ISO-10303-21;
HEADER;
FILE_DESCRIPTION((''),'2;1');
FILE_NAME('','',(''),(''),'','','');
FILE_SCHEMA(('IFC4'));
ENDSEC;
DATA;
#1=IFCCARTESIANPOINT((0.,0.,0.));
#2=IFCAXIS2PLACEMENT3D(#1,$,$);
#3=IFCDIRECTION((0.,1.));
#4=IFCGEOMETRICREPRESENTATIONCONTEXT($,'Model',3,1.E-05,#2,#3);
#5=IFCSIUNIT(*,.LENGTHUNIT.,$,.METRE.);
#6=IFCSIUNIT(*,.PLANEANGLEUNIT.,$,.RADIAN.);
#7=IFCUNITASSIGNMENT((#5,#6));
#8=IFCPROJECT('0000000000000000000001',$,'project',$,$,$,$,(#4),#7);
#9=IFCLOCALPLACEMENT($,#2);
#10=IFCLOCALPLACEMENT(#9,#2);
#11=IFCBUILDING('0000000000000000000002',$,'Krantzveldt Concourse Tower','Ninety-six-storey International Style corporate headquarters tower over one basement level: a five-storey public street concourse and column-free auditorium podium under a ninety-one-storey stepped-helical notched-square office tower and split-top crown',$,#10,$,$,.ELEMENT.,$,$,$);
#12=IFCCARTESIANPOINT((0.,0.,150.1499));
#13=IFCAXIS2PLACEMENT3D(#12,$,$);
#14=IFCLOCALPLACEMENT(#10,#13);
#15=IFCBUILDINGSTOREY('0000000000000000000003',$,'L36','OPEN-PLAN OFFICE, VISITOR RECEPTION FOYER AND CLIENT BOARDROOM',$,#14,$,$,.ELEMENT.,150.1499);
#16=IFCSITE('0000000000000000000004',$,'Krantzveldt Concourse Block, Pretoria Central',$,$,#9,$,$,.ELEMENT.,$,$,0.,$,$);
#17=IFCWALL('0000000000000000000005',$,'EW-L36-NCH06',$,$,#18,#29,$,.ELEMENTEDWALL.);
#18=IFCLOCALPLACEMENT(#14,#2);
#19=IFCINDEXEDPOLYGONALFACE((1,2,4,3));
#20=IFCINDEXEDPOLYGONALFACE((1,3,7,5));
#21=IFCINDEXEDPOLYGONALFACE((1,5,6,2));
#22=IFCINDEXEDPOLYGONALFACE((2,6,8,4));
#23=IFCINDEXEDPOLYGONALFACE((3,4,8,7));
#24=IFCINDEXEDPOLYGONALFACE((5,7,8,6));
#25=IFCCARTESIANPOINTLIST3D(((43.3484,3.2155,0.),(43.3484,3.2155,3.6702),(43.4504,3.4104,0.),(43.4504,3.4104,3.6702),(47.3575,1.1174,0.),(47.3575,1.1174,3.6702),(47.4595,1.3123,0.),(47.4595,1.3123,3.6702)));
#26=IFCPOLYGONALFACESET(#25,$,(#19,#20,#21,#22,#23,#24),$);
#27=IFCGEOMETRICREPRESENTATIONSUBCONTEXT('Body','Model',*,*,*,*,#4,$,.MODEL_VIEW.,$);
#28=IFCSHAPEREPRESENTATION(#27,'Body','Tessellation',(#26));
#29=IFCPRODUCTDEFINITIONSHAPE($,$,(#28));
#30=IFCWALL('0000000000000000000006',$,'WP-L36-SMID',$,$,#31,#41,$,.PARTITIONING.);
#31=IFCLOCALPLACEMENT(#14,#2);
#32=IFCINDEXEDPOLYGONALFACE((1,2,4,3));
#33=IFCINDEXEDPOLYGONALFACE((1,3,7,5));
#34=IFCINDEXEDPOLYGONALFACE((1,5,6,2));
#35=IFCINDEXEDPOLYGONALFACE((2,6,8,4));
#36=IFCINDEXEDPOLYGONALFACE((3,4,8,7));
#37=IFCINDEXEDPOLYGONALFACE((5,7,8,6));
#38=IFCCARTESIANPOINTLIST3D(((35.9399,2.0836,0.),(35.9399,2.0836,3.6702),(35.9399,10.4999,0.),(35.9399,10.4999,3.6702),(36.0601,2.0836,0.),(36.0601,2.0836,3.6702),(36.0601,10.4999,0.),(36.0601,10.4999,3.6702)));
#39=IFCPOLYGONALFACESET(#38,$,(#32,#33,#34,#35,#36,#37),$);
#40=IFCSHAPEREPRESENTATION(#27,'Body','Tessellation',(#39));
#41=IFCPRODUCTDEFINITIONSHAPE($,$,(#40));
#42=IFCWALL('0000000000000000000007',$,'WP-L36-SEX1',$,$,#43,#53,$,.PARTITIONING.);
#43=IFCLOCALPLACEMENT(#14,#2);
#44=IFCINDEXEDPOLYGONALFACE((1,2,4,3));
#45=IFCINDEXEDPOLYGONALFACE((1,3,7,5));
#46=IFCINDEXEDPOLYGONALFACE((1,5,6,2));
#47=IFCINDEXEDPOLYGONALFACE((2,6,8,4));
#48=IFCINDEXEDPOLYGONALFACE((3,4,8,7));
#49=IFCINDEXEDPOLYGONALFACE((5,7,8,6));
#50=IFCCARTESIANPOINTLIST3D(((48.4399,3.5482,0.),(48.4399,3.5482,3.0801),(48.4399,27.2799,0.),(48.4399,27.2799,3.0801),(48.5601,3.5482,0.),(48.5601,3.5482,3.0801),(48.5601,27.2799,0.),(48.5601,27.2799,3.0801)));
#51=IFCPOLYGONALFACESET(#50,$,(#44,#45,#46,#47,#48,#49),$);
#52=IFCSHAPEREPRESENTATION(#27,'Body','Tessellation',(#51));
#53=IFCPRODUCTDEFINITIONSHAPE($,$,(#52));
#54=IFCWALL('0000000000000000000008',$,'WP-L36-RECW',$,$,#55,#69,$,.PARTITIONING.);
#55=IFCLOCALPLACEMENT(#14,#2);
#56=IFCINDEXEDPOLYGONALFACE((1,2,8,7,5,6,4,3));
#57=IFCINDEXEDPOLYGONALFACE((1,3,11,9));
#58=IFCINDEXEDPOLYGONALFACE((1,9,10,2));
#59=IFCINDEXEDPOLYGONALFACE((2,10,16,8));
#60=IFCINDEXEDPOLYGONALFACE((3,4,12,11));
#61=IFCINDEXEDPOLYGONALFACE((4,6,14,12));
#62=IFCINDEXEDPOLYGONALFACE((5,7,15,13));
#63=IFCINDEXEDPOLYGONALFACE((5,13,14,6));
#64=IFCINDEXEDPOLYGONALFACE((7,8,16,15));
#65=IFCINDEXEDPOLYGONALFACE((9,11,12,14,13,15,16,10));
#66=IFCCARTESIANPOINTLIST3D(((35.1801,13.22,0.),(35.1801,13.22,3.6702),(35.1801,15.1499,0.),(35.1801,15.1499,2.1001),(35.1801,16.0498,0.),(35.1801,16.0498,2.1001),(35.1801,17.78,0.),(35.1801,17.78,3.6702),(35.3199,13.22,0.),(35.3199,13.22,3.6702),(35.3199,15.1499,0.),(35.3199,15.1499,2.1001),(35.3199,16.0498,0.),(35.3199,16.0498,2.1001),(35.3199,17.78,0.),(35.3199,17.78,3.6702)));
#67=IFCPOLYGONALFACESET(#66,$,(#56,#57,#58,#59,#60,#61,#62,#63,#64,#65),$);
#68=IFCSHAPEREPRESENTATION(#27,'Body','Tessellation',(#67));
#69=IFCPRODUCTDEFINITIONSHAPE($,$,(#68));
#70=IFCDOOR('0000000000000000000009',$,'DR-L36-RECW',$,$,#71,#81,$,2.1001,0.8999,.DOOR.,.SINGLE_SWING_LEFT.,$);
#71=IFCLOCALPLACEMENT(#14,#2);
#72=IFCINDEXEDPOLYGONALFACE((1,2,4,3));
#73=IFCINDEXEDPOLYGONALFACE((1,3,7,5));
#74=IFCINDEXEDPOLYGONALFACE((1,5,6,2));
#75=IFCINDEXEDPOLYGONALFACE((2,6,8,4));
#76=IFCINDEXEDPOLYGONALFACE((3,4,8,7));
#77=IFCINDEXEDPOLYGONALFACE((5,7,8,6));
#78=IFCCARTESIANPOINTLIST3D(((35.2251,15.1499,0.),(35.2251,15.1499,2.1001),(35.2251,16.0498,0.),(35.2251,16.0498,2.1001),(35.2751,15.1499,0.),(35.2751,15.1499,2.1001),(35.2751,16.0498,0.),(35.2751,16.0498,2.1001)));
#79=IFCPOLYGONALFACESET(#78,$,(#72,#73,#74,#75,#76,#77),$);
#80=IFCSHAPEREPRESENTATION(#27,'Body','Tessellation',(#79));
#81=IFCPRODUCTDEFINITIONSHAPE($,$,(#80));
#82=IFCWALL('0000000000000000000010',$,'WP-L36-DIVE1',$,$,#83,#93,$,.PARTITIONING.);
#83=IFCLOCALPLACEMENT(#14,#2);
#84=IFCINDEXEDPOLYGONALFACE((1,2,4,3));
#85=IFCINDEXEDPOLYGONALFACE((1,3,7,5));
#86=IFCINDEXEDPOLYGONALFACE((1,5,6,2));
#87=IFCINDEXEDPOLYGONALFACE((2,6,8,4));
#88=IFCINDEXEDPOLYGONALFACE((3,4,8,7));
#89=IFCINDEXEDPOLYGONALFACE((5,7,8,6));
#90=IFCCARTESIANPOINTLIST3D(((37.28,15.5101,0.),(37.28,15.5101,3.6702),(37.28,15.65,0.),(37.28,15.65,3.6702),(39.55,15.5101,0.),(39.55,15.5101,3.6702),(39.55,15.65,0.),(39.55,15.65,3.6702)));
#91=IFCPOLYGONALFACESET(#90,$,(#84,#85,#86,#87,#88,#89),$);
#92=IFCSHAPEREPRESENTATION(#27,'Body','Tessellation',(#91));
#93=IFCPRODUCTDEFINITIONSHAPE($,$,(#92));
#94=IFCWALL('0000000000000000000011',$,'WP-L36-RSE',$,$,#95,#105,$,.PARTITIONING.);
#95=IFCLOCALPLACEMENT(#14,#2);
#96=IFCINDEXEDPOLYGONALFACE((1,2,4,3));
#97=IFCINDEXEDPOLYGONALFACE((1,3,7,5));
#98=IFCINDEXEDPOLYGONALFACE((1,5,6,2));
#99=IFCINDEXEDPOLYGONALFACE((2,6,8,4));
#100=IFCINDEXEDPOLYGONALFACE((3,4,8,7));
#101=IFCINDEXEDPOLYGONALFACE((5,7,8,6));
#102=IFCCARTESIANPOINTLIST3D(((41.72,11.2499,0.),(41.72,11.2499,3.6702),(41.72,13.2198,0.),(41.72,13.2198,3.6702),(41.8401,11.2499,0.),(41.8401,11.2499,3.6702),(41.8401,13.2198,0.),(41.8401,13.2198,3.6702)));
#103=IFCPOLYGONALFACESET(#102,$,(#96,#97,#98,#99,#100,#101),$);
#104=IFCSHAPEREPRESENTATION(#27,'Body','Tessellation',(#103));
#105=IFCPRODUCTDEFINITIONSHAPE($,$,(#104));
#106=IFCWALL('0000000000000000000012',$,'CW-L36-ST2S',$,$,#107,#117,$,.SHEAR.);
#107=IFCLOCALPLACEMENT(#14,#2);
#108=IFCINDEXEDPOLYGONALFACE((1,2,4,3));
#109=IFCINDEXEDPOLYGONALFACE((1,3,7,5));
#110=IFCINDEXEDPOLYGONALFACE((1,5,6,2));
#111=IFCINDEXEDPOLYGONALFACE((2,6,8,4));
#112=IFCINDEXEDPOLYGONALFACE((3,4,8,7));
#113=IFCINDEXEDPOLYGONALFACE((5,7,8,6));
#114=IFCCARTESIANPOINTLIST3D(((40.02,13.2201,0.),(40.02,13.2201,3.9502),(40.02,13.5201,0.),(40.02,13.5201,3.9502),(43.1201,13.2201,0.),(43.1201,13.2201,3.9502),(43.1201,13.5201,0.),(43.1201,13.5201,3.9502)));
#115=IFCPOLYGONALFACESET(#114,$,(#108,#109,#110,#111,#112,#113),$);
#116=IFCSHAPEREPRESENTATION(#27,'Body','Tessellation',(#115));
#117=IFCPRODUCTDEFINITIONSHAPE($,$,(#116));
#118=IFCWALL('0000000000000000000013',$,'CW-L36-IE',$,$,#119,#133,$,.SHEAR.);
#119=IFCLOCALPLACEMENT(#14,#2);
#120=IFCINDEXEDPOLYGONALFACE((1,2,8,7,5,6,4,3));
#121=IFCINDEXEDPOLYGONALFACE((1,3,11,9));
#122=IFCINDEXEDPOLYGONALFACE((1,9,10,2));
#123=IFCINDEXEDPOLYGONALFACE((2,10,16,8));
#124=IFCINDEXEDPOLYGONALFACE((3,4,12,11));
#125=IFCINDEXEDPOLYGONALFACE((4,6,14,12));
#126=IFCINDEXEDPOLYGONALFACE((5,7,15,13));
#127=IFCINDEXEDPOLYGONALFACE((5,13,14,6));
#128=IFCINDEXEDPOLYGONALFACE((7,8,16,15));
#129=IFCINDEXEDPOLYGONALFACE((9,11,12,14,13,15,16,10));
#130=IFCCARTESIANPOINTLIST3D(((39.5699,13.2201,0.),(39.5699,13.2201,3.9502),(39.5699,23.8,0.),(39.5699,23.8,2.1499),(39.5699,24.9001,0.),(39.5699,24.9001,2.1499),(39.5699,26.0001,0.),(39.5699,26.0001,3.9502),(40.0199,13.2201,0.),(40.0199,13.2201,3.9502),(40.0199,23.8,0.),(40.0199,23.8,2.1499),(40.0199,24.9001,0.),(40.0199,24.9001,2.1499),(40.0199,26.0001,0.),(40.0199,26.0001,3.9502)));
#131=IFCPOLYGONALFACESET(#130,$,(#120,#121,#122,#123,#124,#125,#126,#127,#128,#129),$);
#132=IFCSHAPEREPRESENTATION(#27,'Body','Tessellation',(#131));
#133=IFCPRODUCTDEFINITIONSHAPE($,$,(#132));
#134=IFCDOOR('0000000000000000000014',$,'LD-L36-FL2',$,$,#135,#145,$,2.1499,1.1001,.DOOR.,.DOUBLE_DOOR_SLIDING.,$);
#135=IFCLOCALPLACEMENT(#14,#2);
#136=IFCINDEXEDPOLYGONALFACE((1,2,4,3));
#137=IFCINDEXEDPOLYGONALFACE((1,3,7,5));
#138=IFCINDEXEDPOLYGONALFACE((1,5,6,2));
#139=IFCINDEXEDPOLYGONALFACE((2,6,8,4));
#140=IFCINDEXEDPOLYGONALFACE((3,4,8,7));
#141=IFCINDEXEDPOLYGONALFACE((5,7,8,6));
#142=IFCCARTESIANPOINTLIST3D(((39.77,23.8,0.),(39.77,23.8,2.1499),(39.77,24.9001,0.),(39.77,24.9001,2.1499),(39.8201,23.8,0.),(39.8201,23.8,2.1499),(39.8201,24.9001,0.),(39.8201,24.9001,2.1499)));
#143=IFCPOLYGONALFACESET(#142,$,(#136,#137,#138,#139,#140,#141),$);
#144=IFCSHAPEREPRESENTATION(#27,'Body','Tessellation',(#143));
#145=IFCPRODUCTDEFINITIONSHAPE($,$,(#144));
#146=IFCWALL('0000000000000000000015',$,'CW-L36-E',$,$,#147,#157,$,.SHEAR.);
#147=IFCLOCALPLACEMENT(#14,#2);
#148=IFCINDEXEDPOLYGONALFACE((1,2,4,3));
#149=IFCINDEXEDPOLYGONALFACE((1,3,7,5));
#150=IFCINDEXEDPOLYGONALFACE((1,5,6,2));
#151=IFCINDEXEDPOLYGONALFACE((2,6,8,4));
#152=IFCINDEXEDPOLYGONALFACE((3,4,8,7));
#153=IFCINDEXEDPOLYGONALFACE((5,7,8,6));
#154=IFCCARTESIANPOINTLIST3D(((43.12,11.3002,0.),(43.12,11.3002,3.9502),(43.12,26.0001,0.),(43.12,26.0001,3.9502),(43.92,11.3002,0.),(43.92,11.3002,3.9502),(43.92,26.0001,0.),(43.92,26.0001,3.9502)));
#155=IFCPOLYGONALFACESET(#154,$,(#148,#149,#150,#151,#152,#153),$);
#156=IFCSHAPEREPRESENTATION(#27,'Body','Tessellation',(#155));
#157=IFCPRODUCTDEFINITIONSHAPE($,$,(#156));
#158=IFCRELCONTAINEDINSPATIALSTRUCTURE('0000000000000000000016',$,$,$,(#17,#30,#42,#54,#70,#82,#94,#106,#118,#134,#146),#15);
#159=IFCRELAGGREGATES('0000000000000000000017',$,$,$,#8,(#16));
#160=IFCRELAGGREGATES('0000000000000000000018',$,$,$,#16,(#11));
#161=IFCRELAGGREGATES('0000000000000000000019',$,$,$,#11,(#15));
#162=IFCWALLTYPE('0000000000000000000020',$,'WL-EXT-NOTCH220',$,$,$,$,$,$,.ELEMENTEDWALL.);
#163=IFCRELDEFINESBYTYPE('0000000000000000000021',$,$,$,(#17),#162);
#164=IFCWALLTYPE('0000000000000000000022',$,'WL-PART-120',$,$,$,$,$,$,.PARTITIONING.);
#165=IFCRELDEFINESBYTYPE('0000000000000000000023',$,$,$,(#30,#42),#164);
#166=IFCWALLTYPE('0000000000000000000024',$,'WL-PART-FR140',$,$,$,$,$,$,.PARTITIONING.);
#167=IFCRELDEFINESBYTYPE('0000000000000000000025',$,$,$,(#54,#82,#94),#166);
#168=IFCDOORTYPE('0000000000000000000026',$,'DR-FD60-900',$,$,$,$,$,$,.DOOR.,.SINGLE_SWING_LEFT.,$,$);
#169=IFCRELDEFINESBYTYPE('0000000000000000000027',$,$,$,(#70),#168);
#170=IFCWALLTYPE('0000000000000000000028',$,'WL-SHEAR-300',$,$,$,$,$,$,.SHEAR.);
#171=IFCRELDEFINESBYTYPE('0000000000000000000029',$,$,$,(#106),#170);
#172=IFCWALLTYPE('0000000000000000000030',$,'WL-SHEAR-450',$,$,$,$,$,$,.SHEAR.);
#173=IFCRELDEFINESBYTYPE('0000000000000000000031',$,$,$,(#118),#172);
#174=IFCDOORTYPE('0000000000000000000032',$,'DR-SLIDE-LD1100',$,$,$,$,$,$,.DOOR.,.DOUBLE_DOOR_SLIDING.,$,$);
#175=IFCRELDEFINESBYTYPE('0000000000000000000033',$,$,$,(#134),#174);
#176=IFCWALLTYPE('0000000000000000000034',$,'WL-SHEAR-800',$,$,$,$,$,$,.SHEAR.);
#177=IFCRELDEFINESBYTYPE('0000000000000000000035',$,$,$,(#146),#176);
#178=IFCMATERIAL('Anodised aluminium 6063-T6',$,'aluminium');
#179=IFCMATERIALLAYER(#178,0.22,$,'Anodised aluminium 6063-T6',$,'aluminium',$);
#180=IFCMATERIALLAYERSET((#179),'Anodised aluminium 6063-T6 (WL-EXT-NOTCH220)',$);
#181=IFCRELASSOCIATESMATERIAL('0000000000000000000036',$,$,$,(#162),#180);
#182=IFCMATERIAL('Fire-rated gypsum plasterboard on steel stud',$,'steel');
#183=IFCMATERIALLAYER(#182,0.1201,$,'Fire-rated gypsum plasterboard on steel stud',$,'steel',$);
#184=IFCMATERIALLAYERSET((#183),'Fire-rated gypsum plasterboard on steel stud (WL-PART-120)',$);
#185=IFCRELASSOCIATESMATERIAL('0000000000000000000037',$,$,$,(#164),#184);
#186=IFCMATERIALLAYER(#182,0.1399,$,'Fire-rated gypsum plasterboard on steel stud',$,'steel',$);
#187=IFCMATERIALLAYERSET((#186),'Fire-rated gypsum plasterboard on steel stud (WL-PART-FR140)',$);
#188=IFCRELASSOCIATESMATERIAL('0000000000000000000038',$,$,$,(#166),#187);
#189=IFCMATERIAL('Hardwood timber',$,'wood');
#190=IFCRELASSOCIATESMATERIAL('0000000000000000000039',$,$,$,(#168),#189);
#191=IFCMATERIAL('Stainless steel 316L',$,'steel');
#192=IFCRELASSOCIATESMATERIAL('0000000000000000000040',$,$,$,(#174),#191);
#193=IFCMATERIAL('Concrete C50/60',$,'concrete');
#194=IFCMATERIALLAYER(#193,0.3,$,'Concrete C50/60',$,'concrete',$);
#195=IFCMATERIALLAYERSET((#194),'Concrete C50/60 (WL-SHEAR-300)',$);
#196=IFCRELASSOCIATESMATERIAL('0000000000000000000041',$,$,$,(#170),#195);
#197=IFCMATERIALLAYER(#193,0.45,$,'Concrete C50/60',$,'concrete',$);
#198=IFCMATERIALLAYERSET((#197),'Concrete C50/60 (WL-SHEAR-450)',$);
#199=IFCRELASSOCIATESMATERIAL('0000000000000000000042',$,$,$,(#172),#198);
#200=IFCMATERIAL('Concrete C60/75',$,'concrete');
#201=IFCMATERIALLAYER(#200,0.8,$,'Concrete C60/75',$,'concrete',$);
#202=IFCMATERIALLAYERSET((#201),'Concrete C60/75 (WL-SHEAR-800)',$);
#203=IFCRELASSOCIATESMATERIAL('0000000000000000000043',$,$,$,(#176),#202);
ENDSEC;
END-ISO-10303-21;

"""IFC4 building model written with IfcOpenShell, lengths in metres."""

from ifc_helpers import new_model, si_unit, direction, frame, frame_2d, origin, place, context, subcontext, project, spatial, rectangle, extrude, material, layer, layer_set, type_object, element, fill, save


model = new_model("IFC4")

# Units and contexts
model_context = context("Model", 3, precision=1e-05, world=origin(), true_north=direction((0.0, 1.0)))
body_context = subcontext(model_context, "Body", "Model", "MODEL_VIEW")
ifc_project = project(units=[si_unit("LENGTHUNIT", "METRE"), si_unit("PLANEANGLEUNIT", "RADIAN")], contexts=[model_context])

# Site, building, storey
site_placement = place(None, origin())
site = spatial("IfcSite", under=ifc_project, at=site_placement, Name="Krantzveldt Concourse Block, Pretoria Central", CompositionType="ELEMENT", RefElevation=0.0)
building_placement = place(site_placement, origin())
building = spatial("IfcBuilding", under=site, at=building_placement, Name="Krantzveldt Concourse Tower", Description="Ninety-six-storey International Style corporate headquarters tower over one basement level: a five-storey public street concourse and column-free auditorium podium under a ninety-one-storey stepped-helical notched-square office tower and split-top crown", CompositionType="ELEMENT")
storey_placement = place(building_placement, frame((0.0, 0.0, 150.1499)))
storey = spatial("IfcBuildingStorey", under=building, at=storey_placement, Name="L36", Description="OPEN-PLAN OFFICE, VISITOR RECEPTION FOYER AND CLIENT BOARDROOM", CompositionType="ELEMENT", Elevation=150.1499)

# Shared definitions
ifc_material_1 = material(Name="Concrete C50/60", Category="concrete")

# Shared definitions
ifc_material_2 = material(Name="Anodised aluminium 6063-T6", Category="aluminium")

# Walls
ifc_layer_1 = layer(ifc_material_2, 0.22, Name="Anodised aluminium 6063-T6", Category="aluminium")
ifc_layer_set_1 = layer_set([ifc_layer_1], Name="Anodised aluminium 6063-T6 (WL-EXT-NOTCH220)")
wall_type_1 = type_object("IfcWallType", Name="WL-EXT-NOTCH220", PredefinedType="ELEMENTEDWALL", material=ifc_layer_set_1)
wall_1_placement = place(storey_placement, frame((43.3994, 3.313, 0.0), z_axis=(0.0, 0.0, 1.0), x_axis=(0.885997, -0.46369, 0.0)))
element("IfcWall", 1, at=wall_1_placement, inside=storey, type_object=wall_type_1, Name="EW-L36-NCH06", PredefinedType="ELEMENTEDWALL", context=body_context, shape_type="SweptSolid", body=[
    extrude(rectangle(XDim=4.5249, YDim=0.22, at=frame_2d((2.2625, 0.0))), origin(), (0.0, 0.0, 1.0), 3.6702),
])
ifc_material_3 = material(Name="Fire-rated gypsum plasterboard on steel stud", Category="steel")
ifc_layer_2 = layer(ifc_material_3, 0.1201, Name="Fire-rated gypsum plasterboard on steel stud", Category="steel")
ifc_layer_set_2 = layer_set([ifc_layer_2], Name="Fire-rated gypsum plasterboard on steel stud (WL-PART-120)")
wall_type_2 = type_object("IfcWallType", Name="WL-PART-120", PredefinedType="PARTITIONING", material=ifc_layer_set_2)
wall_2_placement = place(storey_placement, frame((36.0, 2.0837, 0.0), z_axis=(0.0, 0.0, 1.0), x_axis=(0.0, 1.0, 0.0)))
element("IfcWall", 2, at=wall_2_placement, inside=storey, type_object=wall_type_2, Name="WP-L36-SMID", PredefinedType="PARTITIONING", context=body_context, shape_type="SweptSolid", body=[
    extrude(rectangle(XDim=8.4163, YDim=0.1201, at=frame_2d((4.208, 0.0))), origin(), (0.0, 0.0, 1.0), 3.6702),
])
wall_3_placement = place(storey_placement, frame((48.5, 3.5483, 0.0), z_axis=(0.0, 0.0, 1.0), x_axis=(0.0, 1.0, 0.0)))
element("IfcWall", 3, at=wall_3_placement, inside=storey, type_object=wall_type_2, Name="WP-L36-SEX1", PredefinedType="PARTITIONING", context=body_context, shape_type="SweptSolid", body=[
    extrude(rectangle(XDim=23.7317, YDim=0.1201, at=frame_2d((11.8657, 0.0))), origin(), (0.0, 0.0, 1.0), 3.0801),
])

# Wall, opening, door
ifc_layer_3 = layer(ifc_material_3, 0.1399, Name="Fire-rated gypsum plasterboard on steel stud", Category="steel")
ifc_layer_set_3 = layer_set([ifc_layer_3], Name="Fire-rated gypsum plasterboard on steel stud (WL-PART-FR140)")
wall_type_3 = type_object("IfcWallType", Name="WL-PART-FR140", PredefinedType="PARTITIONING", material=ifc_layer_set_3)
wall_4_placement = place(storey_placement, frame((35.25, 13.22, 0.0), z_axis=(0.0, 0.0, 1.0), x_axis=(0.0, 1.0, 0.0)))
wall_4 = element("IfcWall", 4, at=wall_4_placement, inside=storey, type_object=wall_type_3, Name="WP-L36-RECW", PredefinedType="PARTITIONING", context=body_context, shape_type="SweptSolid", body=[
    extrude(rectangle(XDim=4.5601, YDim=0.1399, at=frame_2d((2.28, 0.0))), origin(), (0.0, 0.0, 1.0), 3.6702),
])
opening_1_placement = place(wall_4_placement, frame((1.9299, 0.0, 0.0)))
opening_1 = element("IfcOpeningElement", 5, at=opening_1_placement, cuts=wall_4, PredefinedType="OPENING", context=body_context, shape_type="SweptSolid", body=[
    extrude(rectangle(XDim=0.8999, YDim=2.1001, at=frame_2d((0.45, 1.05))), frame((0.0, 0.0801, 0.0), z_axis=(0.0, -1.0, 0.0), x_axis=(1.0, 0.0, 0.0)), (0.0, 0.0, 1.0), 0.1599),
])
ifc_material_4 = material(Name="Hardwood timber", Category="wood")
door_type_1 = type_object("IfcDoorType", Name="DR-FD60-900", OperationType="SINGLE_SWING_LEFT", PredefinedType="DOOR", material=ifc_material_4)
door_1_placement = place(opening_1_placement, origin())
door_1 = element("IfcDoor", 6, at=door_1_placement, inside=storey, type_object=door_type_1, Name="DR-L36-RECW", OperationType="SINGLE_SWING_LEFT", OverallHeight=2.1001, OverallWidth=0.8999, PredefinedType="DOOR", context=body_context, shape_type="SweptSolid", body=[
    extrude(rectangle(XDim=0.8999, YDim=2.1001, at=frame_2d((0.45, 1.05))), frame((0.0, 0.0249, 0.0), z_axis=(0.0, -1.0, 0.0), x_axis=(1.0, 0.0, 0.0)), (0.0, 0.0, 1.0), 0.05),
])
fill(opening_1, door_1)

# Shared definitions
ifc_material_5 = material(Name="Stainless steel 316L", Category="steel")
door_type_2 = type_object("IfcDoorType", Name="DR-SLIDE-LD1100", OperationType="DOUBLE_DOOR_SLIDING", PredefinedType="DOOR", material=ifc_material_5)

# Walls
wall_5_placement = place(storey_placement, frame((37.28, 15.5801, 0.0), z_axis=(0.0, 0.0, 1.0), x_axis=(1.0, 0.0, 0.0)))
element("IfcWall", 7, at=wall_5_placement, inside=storey, type_object=wall_type_3, Name="WP-L36-DIVE1", PredefinedType="PARTITIONING", context=body_context, shape_type="SweptSolid", body=[
    extrude(rectangle(XDim=2.27, YDim=0.1399, at=frame_2d((1.135, 0.0))), origin(), (0.0, 0.0, 1.0), 3.6702),
])
wall_6_placement = place(storey_placement, frame((41.78, 11.25, 0.0), z_axis=(0.0, 0.0, 1.0), x_axis=(0.0, 1.0, 0.0)))
element("IfcWall", 8, at=wall_6_placement, inside=storey, type_object=wall_type_3, Name="WP-L36-RSE", PredefinedType="PARTITIONING", context=body_context, shape_type="SweptSolid", body=[
    extrude(rectangle(XDim=1.97, YDim=0.1201, at=frame_2d((0.9849, 0.0))), origin(), (0.0, 0.0, 1.0), 3.6702),
])
ifc_layer_4 = layer(ifc_material_1, 0.3, Name="Concrete C50/60", Category="concrete")
ifc_layer_set_4 = layer_set([ifc_layer_4], Name="Concrete C50/60 (WL-SHEAR-300)")
wall_type_4 = type_object("IfcWallType", Name="WL-SHEAR-300", PredefinedType="SHEAR", material=ifc_layer_set_4)
wall_7_placement = place(storey_placement, frame((40.02, 13.3701, 0.0), z_axis=(0.0, 0.0, 1.0), x_axis=(1.0, 0.0, 0.0)))
element("IfcWall", 9, at=wall_7_placement, inside=storey, type_object=wall_type_4, Name="CW-L36-ST2S", PredefinedType="SHEAR", context=body_context, shape_type="SweptSolid", body=[
    extrude(rectangle(XDim=3.1001, YDim=0.3, at=frame_2d((1.55, 0.0))), origin(), (0.0, 0.0, 1.0), 3.9502),
])

# Wall, opening, door
ifc_layer_5 = layer(ifc_material_1, 0.45, Name="Concrete C50/60", Category="concrete")
ifc_layer_set_5 = layer_set([ifc_layer_5], Name="Concrete C50/60 (WL-SHEAR-450)")
wall_type_5 = type_object("IfcWallType", Name="WL-SHEAR-450", PredefinedType="SHEAR", material=ifc_layer_set_5)
wall_8_placement = place(storey_placement, frame((39.7949, 13.22, 0.0), z_axis=(0.0, 0.0, 1.0), x_axis=(0.0, 1.0, 0.0)))
wall_8 = element("IfcWall", 10, at=wall_8_placement, inside=storey, type_object=wall_type_5, Name="CW-L36-IE", PredefinedType="SHEAR", context=body_context, shape_type="SweptSolid", body=[
    extrude(rectangle(XDim=12.78, YDim=0.45, at=frame_2d((6.3901, 0.0))), origin(), (0.0, 0.0, 1.0), 3.9502),
])
opening_2_placement = place(wall_8_placement, frame((10.5801, 0.0, 0.0)))
opening_2 = element("IfcOpeningElement", 11, at=opening_2_placement, cuts=wall_8, PredefinedType="OPENING", context=body_context, shape_type="SweptSolid", body=[
    extrude(rectangle(XDim=1.1001, YDim=2.1499, at=frame_2d((0.55, 1.075))), frame((0.0, 0.2349, 0.0), z_axis=(0.0, -1.0, 0.0), x_axis=(1.0, 0.0, 0.0)), (0.0, 0.0, 1.0), 0.47),
])
door_2_placement = place(opening_2_placement, origin())
door_2 = element("IfcDoor", 12, at=door_2_placement, inside=storey, type_object=door_type_2, Name="LD-L36-FL2", OperationType="DOUBLE_DOOR_SLIDING", OverallHeight=2.1499, OverallWidth=1.1001, PredefinedType="DOOR", context=body_context, shape_type="SweptSolid", body=[
    extrude(rectangle(XDim=1.1001, YDim=2.1499, at=frame_2d((0.55, 1.075))), frame((0.0, 0.0249, 0.0), z_axis=(0.0, -1.0, 0.0), x_axis=(1.0, 0.0, 0.0)), (0.0, 0.0, 1.0), 0.05),
])
fill(opening_2, door_2)

# Wall
ifc_material_6 = material(Name="Concrete C60/75", Category="concrete")
ifc_layer_6 = layer(ifc_material_6, 0.8, Name="Concrete C60/75", Category="concrete")
ifc_layer_set_6 = layer_set([ifc_layer_6], Name="Concrete C60/75 (WL-SHEAR-800)")
wall_type_6 = type_object("IfcWallType", Name="WL-SHEAR-800", PredefinedType="SHEAR", material=ifc_layer_set_6)
wall_9_placement = place(storey_placement, frame((43.52, 11.3, 0.0), z_axis=(0.0, 0.0, 1.0), x_axis=(0.0, 1.0, 0.0)))
element("IfcWall", 13, at=wall_9_placement, inside=storey, type_object=wall_type_6, Name="CW-L36-E", PredefinedType="SHEAR", context=body_context, shape_type="SweptSolid", body=[
    extrude(rectangle(XDim=14.7, YDim=0.8, at=frame_2d((7.3501, 0.0))), origin(), (0.0, 0.0, 1.0), 3.9502),
])

save(model, "model.ifc")
